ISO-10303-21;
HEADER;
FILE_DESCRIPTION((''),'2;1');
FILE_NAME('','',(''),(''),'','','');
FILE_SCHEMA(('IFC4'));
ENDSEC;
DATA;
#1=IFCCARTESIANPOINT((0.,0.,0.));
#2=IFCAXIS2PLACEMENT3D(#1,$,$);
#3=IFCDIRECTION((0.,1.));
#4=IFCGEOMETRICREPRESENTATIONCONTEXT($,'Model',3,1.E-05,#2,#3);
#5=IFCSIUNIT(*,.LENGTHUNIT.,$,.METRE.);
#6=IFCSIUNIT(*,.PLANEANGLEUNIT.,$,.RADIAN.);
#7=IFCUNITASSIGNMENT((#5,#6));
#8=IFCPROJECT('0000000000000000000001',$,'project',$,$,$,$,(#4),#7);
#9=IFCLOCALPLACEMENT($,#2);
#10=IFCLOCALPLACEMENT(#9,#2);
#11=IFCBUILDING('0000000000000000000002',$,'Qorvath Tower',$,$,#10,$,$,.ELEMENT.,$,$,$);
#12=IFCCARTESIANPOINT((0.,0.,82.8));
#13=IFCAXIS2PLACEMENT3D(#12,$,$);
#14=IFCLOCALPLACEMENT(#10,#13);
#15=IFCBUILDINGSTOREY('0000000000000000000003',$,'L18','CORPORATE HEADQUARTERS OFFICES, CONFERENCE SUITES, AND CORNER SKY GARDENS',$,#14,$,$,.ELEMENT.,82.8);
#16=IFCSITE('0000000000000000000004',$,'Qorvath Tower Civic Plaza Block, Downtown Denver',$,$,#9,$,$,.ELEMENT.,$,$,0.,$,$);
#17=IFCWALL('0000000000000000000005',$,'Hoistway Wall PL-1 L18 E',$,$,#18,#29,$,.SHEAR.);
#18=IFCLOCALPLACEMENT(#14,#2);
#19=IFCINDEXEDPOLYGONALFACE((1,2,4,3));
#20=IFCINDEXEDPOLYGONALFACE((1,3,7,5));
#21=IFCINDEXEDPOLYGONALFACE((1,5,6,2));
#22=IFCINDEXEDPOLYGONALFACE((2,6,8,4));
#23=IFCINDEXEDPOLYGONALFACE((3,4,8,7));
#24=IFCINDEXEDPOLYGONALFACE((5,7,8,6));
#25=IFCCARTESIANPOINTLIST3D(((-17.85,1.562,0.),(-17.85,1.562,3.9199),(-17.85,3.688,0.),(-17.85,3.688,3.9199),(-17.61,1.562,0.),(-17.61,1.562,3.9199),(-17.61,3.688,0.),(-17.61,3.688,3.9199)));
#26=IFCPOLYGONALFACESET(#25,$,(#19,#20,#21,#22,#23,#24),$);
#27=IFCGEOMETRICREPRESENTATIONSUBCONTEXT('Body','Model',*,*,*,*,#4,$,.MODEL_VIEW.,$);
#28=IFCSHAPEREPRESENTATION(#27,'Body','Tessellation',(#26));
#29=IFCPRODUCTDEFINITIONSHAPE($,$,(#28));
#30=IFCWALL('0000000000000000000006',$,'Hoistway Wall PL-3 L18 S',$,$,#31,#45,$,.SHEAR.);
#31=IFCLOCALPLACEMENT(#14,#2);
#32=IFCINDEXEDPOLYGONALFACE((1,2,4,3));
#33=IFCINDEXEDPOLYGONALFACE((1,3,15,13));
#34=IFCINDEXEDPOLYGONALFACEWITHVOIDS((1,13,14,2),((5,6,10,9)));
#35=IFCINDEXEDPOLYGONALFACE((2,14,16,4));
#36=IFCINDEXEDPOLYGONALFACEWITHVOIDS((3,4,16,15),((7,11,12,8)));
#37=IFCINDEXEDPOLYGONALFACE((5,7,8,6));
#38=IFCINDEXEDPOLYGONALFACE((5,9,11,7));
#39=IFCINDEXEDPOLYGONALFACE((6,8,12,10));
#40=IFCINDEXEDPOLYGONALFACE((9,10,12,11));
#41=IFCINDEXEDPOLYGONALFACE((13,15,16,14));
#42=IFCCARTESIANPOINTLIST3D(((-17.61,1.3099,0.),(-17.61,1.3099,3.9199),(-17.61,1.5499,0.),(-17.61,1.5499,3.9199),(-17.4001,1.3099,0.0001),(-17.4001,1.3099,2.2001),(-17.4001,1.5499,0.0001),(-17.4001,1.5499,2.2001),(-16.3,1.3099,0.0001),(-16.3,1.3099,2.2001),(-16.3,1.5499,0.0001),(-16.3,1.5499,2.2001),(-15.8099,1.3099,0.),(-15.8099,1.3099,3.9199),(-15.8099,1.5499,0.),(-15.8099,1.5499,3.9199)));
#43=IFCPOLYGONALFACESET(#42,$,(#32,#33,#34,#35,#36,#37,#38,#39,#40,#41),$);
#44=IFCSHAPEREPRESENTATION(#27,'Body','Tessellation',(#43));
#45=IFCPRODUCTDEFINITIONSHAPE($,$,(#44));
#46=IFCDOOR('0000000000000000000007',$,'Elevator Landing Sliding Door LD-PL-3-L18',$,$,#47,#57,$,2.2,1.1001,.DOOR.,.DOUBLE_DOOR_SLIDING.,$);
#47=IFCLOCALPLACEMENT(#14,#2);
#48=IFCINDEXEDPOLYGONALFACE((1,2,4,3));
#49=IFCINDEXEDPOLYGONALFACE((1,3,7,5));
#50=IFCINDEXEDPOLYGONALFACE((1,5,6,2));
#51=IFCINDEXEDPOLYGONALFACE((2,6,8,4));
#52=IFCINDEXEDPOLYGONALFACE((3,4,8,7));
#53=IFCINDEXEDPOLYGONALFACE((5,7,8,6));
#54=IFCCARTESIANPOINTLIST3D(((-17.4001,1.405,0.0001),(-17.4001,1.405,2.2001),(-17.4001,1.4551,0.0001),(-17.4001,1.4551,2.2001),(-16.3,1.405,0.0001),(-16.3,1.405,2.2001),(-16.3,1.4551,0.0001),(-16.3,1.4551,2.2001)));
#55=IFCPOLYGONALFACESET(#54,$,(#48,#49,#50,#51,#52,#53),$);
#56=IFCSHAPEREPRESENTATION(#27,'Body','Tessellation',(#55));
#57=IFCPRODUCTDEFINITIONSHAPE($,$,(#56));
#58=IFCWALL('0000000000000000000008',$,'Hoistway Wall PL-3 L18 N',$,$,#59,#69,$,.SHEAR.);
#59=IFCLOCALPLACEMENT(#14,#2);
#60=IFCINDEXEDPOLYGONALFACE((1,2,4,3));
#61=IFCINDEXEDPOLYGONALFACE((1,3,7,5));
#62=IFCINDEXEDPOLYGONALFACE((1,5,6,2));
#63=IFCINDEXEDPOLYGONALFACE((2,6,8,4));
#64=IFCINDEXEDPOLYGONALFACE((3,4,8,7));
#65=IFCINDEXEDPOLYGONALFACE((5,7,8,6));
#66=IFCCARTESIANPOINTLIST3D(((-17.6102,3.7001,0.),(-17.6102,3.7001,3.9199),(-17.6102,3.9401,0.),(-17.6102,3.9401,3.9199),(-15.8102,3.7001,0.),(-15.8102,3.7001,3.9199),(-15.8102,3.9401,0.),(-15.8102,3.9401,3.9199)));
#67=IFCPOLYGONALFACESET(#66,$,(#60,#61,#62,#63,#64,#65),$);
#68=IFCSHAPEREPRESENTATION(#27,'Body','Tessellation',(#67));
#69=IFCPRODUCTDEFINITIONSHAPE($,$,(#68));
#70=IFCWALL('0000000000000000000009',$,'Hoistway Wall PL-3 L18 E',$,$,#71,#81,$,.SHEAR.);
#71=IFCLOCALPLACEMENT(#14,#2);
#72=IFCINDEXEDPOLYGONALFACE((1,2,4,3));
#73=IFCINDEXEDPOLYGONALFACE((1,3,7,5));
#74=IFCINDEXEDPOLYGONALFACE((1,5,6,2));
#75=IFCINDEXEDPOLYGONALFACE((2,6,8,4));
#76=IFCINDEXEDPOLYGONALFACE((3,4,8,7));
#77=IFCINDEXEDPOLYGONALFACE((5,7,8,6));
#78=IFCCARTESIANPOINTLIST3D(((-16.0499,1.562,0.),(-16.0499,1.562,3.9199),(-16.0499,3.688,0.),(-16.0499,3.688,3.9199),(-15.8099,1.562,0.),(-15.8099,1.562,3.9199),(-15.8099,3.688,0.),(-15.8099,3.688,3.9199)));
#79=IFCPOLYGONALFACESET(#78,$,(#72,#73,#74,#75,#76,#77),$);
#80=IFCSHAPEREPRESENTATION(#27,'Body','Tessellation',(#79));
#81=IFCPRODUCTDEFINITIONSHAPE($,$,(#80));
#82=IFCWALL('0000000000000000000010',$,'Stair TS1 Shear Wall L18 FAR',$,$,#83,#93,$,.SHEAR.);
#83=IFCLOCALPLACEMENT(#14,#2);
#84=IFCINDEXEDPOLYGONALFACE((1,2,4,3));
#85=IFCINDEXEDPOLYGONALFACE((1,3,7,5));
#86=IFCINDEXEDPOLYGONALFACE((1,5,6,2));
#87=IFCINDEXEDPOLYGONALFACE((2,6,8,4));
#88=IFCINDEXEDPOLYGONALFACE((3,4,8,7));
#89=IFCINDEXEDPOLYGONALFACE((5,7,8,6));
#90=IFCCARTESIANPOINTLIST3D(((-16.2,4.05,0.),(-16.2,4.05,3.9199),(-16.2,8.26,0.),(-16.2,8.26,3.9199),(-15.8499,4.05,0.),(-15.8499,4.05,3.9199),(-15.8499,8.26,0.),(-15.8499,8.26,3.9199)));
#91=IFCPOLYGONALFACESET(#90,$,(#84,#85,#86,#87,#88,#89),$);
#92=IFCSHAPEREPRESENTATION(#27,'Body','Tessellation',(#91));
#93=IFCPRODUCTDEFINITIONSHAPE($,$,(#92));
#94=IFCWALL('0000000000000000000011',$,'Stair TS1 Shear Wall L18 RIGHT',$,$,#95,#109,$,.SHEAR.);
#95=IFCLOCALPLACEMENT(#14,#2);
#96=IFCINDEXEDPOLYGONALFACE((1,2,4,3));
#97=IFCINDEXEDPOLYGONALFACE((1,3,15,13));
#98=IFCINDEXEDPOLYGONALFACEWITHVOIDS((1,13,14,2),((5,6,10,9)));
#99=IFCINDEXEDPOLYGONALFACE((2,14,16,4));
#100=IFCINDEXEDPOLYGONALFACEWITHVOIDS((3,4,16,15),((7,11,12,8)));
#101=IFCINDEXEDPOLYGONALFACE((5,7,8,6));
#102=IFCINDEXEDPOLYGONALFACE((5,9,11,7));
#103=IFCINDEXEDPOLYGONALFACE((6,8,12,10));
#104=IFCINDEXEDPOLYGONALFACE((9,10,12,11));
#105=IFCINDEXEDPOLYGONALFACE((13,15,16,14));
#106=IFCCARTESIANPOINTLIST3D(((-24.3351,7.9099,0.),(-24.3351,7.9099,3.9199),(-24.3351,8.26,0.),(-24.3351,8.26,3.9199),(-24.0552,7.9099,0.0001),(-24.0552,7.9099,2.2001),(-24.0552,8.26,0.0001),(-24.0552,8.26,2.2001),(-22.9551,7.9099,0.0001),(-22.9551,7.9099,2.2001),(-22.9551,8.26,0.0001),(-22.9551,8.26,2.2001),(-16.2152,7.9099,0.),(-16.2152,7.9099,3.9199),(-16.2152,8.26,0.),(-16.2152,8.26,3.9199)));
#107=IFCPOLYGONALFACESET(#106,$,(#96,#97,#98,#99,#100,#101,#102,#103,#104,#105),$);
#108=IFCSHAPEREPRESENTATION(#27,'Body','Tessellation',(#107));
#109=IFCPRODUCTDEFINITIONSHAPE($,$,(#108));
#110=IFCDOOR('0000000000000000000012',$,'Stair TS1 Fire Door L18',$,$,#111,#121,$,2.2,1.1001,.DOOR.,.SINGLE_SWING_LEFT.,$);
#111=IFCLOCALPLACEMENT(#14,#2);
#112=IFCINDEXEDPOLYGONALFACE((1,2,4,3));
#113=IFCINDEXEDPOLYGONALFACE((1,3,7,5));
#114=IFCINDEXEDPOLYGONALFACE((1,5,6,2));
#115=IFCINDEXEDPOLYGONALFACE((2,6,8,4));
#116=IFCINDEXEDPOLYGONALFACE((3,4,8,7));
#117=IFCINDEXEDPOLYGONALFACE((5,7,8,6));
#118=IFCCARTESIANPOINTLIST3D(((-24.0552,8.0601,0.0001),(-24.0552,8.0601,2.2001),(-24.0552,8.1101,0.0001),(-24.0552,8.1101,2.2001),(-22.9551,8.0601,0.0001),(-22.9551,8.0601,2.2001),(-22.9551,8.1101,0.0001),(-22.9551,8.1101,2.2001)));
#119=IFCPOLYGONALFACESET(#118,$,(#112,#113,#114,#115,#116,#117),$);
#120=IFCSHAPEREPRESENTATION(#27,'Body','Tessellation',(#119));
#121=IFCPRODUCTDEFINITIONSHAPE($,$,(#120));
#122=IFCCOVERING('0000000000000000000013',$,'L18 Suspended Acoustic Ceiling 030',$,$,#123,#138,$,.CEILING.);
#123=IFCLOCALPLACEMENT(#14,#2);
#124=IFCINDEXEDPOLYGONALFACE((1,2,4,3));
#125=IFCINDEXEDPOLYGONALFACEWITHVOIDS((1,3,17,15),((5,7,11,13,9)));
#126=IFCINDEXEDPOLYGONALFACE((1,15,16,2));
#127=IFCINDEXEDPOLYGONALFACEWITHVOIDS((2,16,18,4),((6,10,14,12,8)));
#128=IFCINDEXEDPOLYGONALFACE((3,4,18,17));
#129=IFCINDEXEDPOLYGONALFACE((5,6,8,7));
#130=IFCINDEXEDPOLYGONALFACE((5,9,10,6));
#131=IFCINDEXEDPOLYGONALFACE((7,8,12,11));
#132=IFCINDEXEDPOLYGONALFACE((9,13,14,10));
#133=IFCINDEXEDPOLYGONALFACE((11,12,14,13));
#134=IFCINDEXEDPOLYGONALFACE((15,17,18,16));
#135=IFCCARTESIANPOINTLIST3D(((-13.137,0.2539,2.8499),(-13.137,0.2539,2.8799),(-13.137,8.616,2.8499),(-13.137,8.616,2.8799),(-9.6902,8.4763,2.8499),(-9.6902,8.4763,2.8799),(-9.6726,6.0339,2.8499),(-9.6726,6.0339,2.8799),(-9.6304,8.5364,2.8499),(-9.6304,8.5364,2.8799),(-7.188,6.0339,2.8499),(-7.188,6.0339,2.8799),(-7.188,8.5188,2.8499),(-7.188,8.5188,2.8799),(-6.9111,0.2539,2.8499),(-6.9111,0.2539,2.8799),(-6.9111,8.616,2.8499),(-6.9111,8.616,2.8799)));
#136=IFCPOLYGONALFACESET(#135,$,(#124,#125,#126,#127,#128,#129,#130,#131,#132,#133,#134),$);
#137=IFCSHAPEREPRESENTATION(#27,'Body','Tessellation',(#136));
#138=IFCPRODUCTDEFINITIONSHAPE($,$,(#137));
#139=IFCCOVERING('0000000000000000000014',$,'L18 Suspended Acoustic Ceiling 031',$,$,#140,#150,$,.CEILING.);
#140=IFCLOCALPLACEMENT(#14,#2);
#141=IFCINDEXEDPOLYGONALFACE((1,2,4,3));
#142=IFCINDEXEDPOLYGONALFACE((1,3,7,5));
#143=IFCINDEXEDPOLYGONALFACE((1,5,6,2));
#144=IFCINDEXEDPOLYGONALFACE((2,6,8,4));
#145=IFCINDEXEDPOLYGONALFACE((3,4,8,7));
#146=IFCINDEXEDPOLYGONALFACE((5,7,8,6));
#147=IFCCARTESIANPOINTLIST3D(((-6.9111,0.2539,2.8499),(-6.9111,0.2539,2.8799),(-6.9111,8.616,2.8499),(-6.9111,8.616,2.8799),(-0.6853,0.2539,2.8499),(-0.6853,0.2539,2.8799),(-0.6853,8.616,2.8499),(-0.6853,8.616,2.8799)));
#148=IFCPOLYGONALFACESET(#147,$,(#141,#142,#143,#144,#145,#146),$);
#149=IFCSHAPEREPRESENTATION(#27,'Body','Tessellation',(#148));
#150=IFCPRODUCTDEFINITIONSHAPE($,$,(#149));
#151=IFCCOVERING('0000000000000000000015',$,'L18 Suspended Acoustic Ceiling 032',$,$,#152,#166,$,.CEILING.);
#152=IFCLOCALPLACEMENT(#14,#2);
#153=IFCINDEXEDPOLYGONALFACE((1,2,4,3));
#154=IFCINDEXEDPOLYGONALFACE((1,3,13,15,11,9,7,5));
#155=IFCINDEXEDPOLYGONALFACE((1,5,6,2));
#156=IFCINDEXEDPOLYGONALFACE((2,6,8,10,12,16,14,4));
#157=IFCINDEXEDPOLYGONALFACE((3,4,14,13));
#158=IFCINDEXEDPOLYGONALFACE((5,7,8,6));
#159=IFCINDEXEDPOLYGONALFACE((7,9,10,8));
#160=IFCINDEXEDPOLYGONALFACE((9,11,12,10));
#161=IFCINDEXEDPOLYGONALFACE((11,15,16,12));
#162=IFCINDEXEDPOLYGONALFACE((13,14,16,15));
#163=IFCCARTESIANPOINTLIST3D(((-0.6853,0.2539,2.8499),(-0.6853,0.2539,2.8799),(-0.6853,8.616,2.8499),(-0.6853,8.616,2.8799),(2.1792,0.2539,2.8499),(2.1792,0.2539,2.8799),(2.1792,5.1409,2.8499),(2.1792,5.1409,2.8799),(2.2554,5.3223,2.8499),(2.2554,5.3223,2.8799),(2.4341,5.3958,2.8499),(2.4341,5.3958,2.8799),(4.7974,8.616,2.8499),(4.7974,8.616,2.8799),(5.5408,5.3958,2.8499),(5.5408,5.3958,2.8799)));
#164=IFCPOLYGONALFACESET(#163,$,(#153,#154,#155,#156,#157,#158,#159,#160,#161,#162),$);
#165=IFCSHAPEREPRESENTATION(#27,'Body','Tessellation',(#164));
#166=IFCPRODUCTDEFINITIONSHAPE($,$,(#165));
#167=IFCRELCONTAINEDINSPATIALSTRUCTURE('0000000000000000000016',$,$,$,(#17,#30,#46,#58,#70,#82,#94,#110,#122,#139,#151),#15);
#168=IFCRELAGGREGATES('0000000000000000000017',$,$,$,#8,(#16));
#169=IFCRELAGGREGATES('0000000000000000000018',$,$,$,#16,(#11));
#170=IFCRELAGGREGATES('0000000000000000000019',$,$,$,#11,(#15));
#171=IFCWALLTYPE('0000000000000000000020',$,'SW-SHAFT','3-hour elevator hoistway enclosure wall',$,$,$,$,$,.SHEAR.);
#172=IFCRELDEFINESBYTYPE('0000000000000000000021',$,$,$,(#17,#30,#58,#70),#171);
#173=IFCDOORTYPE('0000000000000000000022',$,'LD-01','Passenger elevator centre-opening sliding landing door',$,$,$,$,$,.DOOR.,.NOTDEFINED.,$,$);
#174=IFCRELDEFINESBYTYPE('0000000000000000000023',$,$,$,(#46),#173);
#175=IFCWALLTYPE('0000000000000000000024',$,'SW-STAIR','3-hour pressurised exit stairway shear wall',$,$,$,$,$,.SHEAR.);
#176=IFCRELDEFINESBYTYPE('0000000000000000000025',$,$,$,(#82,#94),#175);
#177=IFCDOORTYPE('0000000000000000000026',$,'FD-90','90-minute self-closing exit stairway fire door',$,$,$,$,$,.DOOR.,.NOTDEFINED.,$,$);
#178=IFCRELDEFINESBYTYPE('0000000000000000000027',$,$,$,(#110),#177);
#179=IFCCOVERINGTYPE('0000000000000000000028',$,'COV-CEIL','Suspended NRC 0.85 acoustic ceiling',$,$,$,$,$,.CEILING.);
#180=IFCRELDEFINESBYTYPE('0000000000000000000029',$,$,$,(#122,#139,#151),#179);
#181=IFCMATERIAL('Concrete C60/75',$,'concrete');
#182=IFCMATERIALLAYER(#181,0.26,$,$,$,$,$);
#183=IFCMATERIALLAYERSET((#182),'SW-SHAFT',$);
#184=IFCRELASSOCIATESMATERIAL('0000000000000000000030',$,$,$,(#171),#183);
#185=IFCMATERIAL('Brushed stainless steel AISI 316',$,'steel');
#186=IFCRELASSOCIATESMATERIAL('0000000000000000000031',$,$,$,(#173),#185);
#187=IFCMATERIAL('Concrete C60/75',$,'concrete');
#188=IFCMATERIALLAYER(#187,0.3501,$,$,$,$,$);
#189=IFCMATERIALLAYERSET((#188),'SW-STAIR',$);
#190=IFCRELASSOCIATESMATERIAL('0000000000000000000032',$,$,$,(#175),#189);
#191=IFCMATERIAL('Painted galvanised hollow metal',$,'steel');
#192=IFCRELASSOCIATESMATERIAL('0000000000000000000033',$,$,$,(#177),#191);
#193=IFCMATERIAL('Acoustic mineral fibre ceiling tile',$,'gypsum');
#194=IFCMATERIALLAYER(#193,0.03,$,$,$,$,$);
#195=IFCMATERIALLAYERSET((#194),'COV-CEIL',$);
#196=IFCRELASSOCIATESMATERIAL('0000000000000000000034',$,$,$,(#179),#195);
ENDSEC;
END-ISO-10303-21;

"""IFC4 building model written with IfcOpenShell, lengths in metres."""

from ifc_helpers import new_model, si_unit, direction, frame, frame_2d, origin, place, context, subcontext, project, spatial, polyline, rectangle, outline, extrude, material, layer, layer_set, type_object, element, fill, save


model = new_model("IFC4")

# Units and contexts
model_context = context("Model", 3, precision=1e-05, world=origin(), true_north=direction((0.0, 1.0)))
body_context = subcontext(model_context, "Body", "Model", "MODEL_VIEW")
ifc_project = project(units=[si_unit("LENGTHUNIT", "METRE"), si_unit("PLANEANGLEUNIT", "RADIAN")], contexts=[model_context])

# Site, building, storey
site_placement = place(None, origin())
site = spatial("IfcSite", under=ifc_project, at=site_placement, Name="Qorvath Tower Civic Plaza Block, Downtown Denver", CompositionType="ELEMENT", RefElevation=0.0)
building_placement = place(site_placement, origin())
building = spatial("IfcBuilding", under=site, at=building_placement, Name="Qorvath Tower", CompositionType="ELEMENT")
storey_placement = place(building_placement, frame((0.0, 0.0, 82.8)))
storey = spatial("IfcBuildingStorey", under=building, at=storey_placement, Name="L18", Description="CORPORATE HEADQUARTERS OFFICES, CONFERENCE SUITES, AND CORNER SKY GARDENS", CompositionType="ELEMENT", Elevation=82.8)

# Shared definitions
ifc_material_1 = material(Name="Concrete C60/75", Category="concrete")
ifc_layer_1 = layer(ifc_material_1, 0.26)
ifc_layer_set_1 = layer_set([ifc_layer_1], Name="SW-SHAFT")
wall_type_1 = type_object("IfcWallType", Name="SW-SHAFT", Description="3-hour elevator hoistway enclosure wall", PredefinedType="SHEAR", material=ifc_layer_set_1)
ifc_material_2 = material(Name="Brushed stainless steel AISI 316", Category="steel")
door_type_1 = type_object("IfcDoorType", Name="LD-01", Description="Passenger elevator centre-opening sliding landing door", OperationType="NOTDEFINED", PredefinedType="DOOR", material=ifc_material_2)

# Wall
for number, where, z_axis, x_axis, name in (
    (1, (-17.73, 3.688, 0.0), (0.0, 0.0, 1.0), (0.0, -1.0, 0.0), "Hoistway Wall PL-1 L18 E"),
):
    element("IfcWall", number, at=place(storey_placement, frame(where, z_axis=z_axis, x_axis=x_axis)), inside=storey, type_object=wall_type_1, Name=name, PredefinedType="SHEAR", context=body_context, shape_type="SweptSolid", body=[
        extrude(rectangle(XDim=2.126, YDim=0.24, at=frame_2d((1.063, 0.0))), origin(), (0.0, 0.0, 1.0), 3.9199),
    ])

# Wall, opening, door
wall_1_placement = place(storey_placement, frame((-15.8101, 1.4299, 0.0), z_axis=(0.0, 0.0, 1.0), x_axis=(-1.0, 0.0, 0.0)))
wall_1 = element("IfcWall", 2, at=wall_1_placement, inside=storey, type_object=wall_type_1, Name="Hoistway Wall PL-3 L18 S", PredefinedType="SHEAR", context=body_context, shape_type="SweptSolid", body=[
    extrude(rectangle(XDim=1.8, YDim=0.24, at=frame_2d((0.8999, 0.0))), origin(), (0.0, 0.0, 1.0), 3.9199),
])
opening_1_placement = place(wall_1_placement, frame((0.49, 0.0, 0.0)))
opening_1 = element("IfcOpeningElement", 3, at=opening_1_placement, cuts=wall_1, PredefinedType="OPENING", context=body_context, shape_type="SweptSolid", body=[
    extrude(rectangle(XDim=1.1001, YDim=2.2, at=frame_2d((0.55, 1.1001))), frame((0.0, 0.1299, 0.0), z_axis=(0.0, -1.0, 0.0), x_axis=(1.0, 0.0, 0.0)), (0.0, 0.0, 1.0), 0.26),
])
door_1_placement = place(opening_1_placement, origin())
door_1 = element("IfcDoor", 4, at=door_1_placement, inside=storey, type_object=door_type_1, Name="Elevator Landing Sliding Door LD-PL-3-L18", OperationType="DOUBLE_DOOR_SLIDING", OverallHeight=2.2, OverallWidth=1.1001, PredefinedType="DOOR", context=body_context, shape_type="SweptSolid", body=[
    extrude(rectangle(XDim=1.1001, YDim=2.2, at=frame_2d((0.55, 1.1001))), frame((0.0, 0.0249, 0.0), z_axis=(0.0, -1.0, 0.0), x_axis=(1.0, 0.0, 0.0)), (0.0, 0.0, 1.0), 0.05),
])
fill(opening_1, door_1)

# Walls
wall_2_placement = place(storey_placement, frame((-17.6101, 3.8201, 0.0), z_axis=(0.0, 0.0, 1.0), x_axis=(1.0, 0.0, 0.0)))
element("IfcWall", 5, at=wall_2_placement, inside=storey, type_object=wall_type_1, Name="Hoistway Wall PL-3 L18 N", PredefinedType="SHEAR", context=body_context, shape_type="SweptSolid", body=[
    extrude(rectangle(XDim=1.8, YDim=0.24, at=frame_2d((0.8999, 0.0))), origin(), (0.0, 0.0, 1.0), 3.9199),
])
wall_3_placement = place(storey_placement, frame((-15.9299, 3.688, 0.0), z_axis=(0.0, 0.0, 1.0), x_axis=(0.0, -1.0, 0.0)))
element("IfcWall", 6, at=wall_3_placement, inside=storey, type_object=wall_type_1, Name="Hoistway Wall PL-3 L18 E", PredefinedType="SHEAR", context=body_context, shape_type="SweptSolid", body=[
    extrude(rectangle(XDim=2.126, YDim=0.24, at=frame_2d((1.063, 0.0))), origin(), (0.0, 0.0, 1.0), 3.9199),
])
ifc_material_3 = material(Name="Concrete C60/75", Category="concrete")
ifc_layer_2 = layer(ifc_material_3, 0.3501)
ifc_layer_set_2 = layer_set([ifc_layer_2], Name="SW-STAIR")
wall_type_2 = type_object("IfcWallType", Name="SW-STAIR", Description="3-hour pressurised exit stairway shear wall", PredefinedType="SHEAR", material=ifc_layer_set_2)
wall_4_placement = place(storey_placement, frame((-16.0249, 4.05, 0.0), z_axis=(0.0, 0.0, 1.0), x_axis=(0.0, 1.0, 0.0)))
element("IfcWall", 7, at=wall_4_placement, inside=storey, type_object=wall_type_2, Name="Stair TS1 Shear Wall L18 FAR", PredefinedType="SHEAR", context=body_context, shape_type="SweptSolid", body=[
    extrude(rectangle(XDim=4.21, YDim=0.3501, at=frame_2d((2.105, 0.0))), origin(), (0.0, 0.0, 1.0), 3.9199),
])

# Wall, opening, door
wall_5_placement = place(storey_placement, frame((-16.2151, 8.085, 0.0), z_axis=(0.0, 0.0, 1.0), x_axis=(-1.0, 0.0, 0.0)))
wall_5 = element("IfcWall", 8, at=wall_5_placement, inside=storey, type_object=wall_type_2, Name="Stair TS1 Shear Wall L18 RIGHT", PredefinedType="SHEAR", context=body_context, shape_type="SweptSolid", body=[
    extrude(rectangle(XDim=8.1199, YDim=0.3501, at=frame_2d((4.0601, 0.0))), origin(), (0.0, 0.0, 1.0), 3.9199),
])
opening_2_placement = place(wall_5_placement, frame((6.74, 0.0, 0.0)))
opening_2 = element("IfcOpeningElement", 9, at=opening_2_placement, cuts=wall_5, PredefinedType="OPENING", context=body_context, shape_type="SweptSolid", body=[
    extrude(rectangle(XDim=1.1001, YDim=2.2, at=frame_2d((0.55, 1.1001))), frame((0.0, 0.1851, 0.0), z_axis=(0.0, -1.0, 0.0), x_axis=(1.0, 0.0, 0.0)), (0.0, 0.0, 1.0), 0.3701),
])
ifc_material_4 = material(Name="Painted galvanised hollow metal", Category="steel")
door_type_2 = type_object("IfcDoorType", Name="FD-90", Description="90-minute self-closing exit stairway fire door", OperationType="NOTDEFINED", PredefinedType="DOOR", material=ifc_material_4)
door_2_placement = place(opening_2_placement, origin())
door_2 = element("IfcDoor", 10, at=door_2_placement, inside=storey, type_object=door_type_2, Name="Stair TS1 Fire Door L18", OperationType="SINGLE_SWING_LEFT", OverallHeight=2.2, OverallWidth=1.1001, PredefinedType="DOOR", context=body_context, shape_type="SweptSolid", body=[
    extrude(rectangle(XDim=1.1001, YDim=2.2, at=frame_2d((0.55, 1.1001))), frame((0.0, 0.0249, 0.0), z_axis=(0.0, -1.0, 0.0), x_axis=(1.0, 0.0, 0.0)), (0.0, 0.0, 1.0), 0.05),
])
fill(opening_2, door_2)

# Coverings
ifc_material_5 = material(Name="Acoustic mineral fibre ceiling tile", Category="gypsum")
ifc_layer_3 = layer(ifc_material_5, 0.03)
ifc_layer_set_3 = layer_set([ifc_layer_3], Name="COV-CEIL")
covering_type_1 = type_object("IfcCoveringType", Name="COV-CEIL", Description="Suspended NRC 0.85 acoustic ceiling", PredefinedType="CEILING", material=ifc_layer_set_3)
covering_1_placement = place(storey_placement, frame((0.0, 0.0, 2.8499)))
element("IfcCovering", 11, at=covering_1_placement, inside=storey, type_object=covering_type_1, Name="L18 Suspended Acoustic Ceiling 030", PredefinedType="CEILING", context=body_context, shape_type="SweptSolid", body=[
    extrude(outline(polyline([(-6.9111, 0.2539), (-6.9111, 8.616), (-13.137, 8.616), (-13.137, 0.2539), (-6.9111, 0.2539)]), holes=[polyline([(-9.6902, 8.4763), (-9.6304, 8.5364), (-7.188, 8.5188), (-7.188, 6.0339), (-9.6726, 6.0339), (-9.6902, 8.4763)])]), origin(), (0.0, 0.0, 1.0), 0.03),
])
covering_2_placement = place(storey_placement, frame((0.0, 0.0, 2.8499)))
element("IfcCovering", 12, at=covering_2_placement, inside=storey, type_object=covering_type_1, Name="L18 Suspended Acoustic Ceiling 031", PredefinedType="CEILING", context=body_context, shape_type="SweptSolid", body=[
    extrude(outline(polyline([(-0.6853, 0.2539), (-0.6853, 8.616), (-6.9111, 8.616), (-6.9111, 0.2539), (-0.6853, 0.2539)])), origin(), (0.0, 0.0, 1.0), 0.03),
])
covering_3_placement = place(storey_placement, frame((0.0, 0.0, 2.8499)))
element("IfcCovering", 13, at=covering_3_placement, inside=storey, type_object=covering_type_1, Name="L18 Suspended Acoustic Ceiling 032", PredefinedType="CEILING", context=body_context, shape_type="SweptSolid", body=[
    extrude(outline(polyline([(2.2554, 5.3223), (2.4341, 5.3958), (5.5408, 5.3958), (4.7974, 8.616), (-0.6853, 8.616), (-0.6853, 0.2539), (2.1792, 0.2539), (2.1792, 5.1409), (2.2554, 5.3223)])), origin(), (0.0, 0.0, 1.0), 0.03),
])

save(model, "model.ifc")
